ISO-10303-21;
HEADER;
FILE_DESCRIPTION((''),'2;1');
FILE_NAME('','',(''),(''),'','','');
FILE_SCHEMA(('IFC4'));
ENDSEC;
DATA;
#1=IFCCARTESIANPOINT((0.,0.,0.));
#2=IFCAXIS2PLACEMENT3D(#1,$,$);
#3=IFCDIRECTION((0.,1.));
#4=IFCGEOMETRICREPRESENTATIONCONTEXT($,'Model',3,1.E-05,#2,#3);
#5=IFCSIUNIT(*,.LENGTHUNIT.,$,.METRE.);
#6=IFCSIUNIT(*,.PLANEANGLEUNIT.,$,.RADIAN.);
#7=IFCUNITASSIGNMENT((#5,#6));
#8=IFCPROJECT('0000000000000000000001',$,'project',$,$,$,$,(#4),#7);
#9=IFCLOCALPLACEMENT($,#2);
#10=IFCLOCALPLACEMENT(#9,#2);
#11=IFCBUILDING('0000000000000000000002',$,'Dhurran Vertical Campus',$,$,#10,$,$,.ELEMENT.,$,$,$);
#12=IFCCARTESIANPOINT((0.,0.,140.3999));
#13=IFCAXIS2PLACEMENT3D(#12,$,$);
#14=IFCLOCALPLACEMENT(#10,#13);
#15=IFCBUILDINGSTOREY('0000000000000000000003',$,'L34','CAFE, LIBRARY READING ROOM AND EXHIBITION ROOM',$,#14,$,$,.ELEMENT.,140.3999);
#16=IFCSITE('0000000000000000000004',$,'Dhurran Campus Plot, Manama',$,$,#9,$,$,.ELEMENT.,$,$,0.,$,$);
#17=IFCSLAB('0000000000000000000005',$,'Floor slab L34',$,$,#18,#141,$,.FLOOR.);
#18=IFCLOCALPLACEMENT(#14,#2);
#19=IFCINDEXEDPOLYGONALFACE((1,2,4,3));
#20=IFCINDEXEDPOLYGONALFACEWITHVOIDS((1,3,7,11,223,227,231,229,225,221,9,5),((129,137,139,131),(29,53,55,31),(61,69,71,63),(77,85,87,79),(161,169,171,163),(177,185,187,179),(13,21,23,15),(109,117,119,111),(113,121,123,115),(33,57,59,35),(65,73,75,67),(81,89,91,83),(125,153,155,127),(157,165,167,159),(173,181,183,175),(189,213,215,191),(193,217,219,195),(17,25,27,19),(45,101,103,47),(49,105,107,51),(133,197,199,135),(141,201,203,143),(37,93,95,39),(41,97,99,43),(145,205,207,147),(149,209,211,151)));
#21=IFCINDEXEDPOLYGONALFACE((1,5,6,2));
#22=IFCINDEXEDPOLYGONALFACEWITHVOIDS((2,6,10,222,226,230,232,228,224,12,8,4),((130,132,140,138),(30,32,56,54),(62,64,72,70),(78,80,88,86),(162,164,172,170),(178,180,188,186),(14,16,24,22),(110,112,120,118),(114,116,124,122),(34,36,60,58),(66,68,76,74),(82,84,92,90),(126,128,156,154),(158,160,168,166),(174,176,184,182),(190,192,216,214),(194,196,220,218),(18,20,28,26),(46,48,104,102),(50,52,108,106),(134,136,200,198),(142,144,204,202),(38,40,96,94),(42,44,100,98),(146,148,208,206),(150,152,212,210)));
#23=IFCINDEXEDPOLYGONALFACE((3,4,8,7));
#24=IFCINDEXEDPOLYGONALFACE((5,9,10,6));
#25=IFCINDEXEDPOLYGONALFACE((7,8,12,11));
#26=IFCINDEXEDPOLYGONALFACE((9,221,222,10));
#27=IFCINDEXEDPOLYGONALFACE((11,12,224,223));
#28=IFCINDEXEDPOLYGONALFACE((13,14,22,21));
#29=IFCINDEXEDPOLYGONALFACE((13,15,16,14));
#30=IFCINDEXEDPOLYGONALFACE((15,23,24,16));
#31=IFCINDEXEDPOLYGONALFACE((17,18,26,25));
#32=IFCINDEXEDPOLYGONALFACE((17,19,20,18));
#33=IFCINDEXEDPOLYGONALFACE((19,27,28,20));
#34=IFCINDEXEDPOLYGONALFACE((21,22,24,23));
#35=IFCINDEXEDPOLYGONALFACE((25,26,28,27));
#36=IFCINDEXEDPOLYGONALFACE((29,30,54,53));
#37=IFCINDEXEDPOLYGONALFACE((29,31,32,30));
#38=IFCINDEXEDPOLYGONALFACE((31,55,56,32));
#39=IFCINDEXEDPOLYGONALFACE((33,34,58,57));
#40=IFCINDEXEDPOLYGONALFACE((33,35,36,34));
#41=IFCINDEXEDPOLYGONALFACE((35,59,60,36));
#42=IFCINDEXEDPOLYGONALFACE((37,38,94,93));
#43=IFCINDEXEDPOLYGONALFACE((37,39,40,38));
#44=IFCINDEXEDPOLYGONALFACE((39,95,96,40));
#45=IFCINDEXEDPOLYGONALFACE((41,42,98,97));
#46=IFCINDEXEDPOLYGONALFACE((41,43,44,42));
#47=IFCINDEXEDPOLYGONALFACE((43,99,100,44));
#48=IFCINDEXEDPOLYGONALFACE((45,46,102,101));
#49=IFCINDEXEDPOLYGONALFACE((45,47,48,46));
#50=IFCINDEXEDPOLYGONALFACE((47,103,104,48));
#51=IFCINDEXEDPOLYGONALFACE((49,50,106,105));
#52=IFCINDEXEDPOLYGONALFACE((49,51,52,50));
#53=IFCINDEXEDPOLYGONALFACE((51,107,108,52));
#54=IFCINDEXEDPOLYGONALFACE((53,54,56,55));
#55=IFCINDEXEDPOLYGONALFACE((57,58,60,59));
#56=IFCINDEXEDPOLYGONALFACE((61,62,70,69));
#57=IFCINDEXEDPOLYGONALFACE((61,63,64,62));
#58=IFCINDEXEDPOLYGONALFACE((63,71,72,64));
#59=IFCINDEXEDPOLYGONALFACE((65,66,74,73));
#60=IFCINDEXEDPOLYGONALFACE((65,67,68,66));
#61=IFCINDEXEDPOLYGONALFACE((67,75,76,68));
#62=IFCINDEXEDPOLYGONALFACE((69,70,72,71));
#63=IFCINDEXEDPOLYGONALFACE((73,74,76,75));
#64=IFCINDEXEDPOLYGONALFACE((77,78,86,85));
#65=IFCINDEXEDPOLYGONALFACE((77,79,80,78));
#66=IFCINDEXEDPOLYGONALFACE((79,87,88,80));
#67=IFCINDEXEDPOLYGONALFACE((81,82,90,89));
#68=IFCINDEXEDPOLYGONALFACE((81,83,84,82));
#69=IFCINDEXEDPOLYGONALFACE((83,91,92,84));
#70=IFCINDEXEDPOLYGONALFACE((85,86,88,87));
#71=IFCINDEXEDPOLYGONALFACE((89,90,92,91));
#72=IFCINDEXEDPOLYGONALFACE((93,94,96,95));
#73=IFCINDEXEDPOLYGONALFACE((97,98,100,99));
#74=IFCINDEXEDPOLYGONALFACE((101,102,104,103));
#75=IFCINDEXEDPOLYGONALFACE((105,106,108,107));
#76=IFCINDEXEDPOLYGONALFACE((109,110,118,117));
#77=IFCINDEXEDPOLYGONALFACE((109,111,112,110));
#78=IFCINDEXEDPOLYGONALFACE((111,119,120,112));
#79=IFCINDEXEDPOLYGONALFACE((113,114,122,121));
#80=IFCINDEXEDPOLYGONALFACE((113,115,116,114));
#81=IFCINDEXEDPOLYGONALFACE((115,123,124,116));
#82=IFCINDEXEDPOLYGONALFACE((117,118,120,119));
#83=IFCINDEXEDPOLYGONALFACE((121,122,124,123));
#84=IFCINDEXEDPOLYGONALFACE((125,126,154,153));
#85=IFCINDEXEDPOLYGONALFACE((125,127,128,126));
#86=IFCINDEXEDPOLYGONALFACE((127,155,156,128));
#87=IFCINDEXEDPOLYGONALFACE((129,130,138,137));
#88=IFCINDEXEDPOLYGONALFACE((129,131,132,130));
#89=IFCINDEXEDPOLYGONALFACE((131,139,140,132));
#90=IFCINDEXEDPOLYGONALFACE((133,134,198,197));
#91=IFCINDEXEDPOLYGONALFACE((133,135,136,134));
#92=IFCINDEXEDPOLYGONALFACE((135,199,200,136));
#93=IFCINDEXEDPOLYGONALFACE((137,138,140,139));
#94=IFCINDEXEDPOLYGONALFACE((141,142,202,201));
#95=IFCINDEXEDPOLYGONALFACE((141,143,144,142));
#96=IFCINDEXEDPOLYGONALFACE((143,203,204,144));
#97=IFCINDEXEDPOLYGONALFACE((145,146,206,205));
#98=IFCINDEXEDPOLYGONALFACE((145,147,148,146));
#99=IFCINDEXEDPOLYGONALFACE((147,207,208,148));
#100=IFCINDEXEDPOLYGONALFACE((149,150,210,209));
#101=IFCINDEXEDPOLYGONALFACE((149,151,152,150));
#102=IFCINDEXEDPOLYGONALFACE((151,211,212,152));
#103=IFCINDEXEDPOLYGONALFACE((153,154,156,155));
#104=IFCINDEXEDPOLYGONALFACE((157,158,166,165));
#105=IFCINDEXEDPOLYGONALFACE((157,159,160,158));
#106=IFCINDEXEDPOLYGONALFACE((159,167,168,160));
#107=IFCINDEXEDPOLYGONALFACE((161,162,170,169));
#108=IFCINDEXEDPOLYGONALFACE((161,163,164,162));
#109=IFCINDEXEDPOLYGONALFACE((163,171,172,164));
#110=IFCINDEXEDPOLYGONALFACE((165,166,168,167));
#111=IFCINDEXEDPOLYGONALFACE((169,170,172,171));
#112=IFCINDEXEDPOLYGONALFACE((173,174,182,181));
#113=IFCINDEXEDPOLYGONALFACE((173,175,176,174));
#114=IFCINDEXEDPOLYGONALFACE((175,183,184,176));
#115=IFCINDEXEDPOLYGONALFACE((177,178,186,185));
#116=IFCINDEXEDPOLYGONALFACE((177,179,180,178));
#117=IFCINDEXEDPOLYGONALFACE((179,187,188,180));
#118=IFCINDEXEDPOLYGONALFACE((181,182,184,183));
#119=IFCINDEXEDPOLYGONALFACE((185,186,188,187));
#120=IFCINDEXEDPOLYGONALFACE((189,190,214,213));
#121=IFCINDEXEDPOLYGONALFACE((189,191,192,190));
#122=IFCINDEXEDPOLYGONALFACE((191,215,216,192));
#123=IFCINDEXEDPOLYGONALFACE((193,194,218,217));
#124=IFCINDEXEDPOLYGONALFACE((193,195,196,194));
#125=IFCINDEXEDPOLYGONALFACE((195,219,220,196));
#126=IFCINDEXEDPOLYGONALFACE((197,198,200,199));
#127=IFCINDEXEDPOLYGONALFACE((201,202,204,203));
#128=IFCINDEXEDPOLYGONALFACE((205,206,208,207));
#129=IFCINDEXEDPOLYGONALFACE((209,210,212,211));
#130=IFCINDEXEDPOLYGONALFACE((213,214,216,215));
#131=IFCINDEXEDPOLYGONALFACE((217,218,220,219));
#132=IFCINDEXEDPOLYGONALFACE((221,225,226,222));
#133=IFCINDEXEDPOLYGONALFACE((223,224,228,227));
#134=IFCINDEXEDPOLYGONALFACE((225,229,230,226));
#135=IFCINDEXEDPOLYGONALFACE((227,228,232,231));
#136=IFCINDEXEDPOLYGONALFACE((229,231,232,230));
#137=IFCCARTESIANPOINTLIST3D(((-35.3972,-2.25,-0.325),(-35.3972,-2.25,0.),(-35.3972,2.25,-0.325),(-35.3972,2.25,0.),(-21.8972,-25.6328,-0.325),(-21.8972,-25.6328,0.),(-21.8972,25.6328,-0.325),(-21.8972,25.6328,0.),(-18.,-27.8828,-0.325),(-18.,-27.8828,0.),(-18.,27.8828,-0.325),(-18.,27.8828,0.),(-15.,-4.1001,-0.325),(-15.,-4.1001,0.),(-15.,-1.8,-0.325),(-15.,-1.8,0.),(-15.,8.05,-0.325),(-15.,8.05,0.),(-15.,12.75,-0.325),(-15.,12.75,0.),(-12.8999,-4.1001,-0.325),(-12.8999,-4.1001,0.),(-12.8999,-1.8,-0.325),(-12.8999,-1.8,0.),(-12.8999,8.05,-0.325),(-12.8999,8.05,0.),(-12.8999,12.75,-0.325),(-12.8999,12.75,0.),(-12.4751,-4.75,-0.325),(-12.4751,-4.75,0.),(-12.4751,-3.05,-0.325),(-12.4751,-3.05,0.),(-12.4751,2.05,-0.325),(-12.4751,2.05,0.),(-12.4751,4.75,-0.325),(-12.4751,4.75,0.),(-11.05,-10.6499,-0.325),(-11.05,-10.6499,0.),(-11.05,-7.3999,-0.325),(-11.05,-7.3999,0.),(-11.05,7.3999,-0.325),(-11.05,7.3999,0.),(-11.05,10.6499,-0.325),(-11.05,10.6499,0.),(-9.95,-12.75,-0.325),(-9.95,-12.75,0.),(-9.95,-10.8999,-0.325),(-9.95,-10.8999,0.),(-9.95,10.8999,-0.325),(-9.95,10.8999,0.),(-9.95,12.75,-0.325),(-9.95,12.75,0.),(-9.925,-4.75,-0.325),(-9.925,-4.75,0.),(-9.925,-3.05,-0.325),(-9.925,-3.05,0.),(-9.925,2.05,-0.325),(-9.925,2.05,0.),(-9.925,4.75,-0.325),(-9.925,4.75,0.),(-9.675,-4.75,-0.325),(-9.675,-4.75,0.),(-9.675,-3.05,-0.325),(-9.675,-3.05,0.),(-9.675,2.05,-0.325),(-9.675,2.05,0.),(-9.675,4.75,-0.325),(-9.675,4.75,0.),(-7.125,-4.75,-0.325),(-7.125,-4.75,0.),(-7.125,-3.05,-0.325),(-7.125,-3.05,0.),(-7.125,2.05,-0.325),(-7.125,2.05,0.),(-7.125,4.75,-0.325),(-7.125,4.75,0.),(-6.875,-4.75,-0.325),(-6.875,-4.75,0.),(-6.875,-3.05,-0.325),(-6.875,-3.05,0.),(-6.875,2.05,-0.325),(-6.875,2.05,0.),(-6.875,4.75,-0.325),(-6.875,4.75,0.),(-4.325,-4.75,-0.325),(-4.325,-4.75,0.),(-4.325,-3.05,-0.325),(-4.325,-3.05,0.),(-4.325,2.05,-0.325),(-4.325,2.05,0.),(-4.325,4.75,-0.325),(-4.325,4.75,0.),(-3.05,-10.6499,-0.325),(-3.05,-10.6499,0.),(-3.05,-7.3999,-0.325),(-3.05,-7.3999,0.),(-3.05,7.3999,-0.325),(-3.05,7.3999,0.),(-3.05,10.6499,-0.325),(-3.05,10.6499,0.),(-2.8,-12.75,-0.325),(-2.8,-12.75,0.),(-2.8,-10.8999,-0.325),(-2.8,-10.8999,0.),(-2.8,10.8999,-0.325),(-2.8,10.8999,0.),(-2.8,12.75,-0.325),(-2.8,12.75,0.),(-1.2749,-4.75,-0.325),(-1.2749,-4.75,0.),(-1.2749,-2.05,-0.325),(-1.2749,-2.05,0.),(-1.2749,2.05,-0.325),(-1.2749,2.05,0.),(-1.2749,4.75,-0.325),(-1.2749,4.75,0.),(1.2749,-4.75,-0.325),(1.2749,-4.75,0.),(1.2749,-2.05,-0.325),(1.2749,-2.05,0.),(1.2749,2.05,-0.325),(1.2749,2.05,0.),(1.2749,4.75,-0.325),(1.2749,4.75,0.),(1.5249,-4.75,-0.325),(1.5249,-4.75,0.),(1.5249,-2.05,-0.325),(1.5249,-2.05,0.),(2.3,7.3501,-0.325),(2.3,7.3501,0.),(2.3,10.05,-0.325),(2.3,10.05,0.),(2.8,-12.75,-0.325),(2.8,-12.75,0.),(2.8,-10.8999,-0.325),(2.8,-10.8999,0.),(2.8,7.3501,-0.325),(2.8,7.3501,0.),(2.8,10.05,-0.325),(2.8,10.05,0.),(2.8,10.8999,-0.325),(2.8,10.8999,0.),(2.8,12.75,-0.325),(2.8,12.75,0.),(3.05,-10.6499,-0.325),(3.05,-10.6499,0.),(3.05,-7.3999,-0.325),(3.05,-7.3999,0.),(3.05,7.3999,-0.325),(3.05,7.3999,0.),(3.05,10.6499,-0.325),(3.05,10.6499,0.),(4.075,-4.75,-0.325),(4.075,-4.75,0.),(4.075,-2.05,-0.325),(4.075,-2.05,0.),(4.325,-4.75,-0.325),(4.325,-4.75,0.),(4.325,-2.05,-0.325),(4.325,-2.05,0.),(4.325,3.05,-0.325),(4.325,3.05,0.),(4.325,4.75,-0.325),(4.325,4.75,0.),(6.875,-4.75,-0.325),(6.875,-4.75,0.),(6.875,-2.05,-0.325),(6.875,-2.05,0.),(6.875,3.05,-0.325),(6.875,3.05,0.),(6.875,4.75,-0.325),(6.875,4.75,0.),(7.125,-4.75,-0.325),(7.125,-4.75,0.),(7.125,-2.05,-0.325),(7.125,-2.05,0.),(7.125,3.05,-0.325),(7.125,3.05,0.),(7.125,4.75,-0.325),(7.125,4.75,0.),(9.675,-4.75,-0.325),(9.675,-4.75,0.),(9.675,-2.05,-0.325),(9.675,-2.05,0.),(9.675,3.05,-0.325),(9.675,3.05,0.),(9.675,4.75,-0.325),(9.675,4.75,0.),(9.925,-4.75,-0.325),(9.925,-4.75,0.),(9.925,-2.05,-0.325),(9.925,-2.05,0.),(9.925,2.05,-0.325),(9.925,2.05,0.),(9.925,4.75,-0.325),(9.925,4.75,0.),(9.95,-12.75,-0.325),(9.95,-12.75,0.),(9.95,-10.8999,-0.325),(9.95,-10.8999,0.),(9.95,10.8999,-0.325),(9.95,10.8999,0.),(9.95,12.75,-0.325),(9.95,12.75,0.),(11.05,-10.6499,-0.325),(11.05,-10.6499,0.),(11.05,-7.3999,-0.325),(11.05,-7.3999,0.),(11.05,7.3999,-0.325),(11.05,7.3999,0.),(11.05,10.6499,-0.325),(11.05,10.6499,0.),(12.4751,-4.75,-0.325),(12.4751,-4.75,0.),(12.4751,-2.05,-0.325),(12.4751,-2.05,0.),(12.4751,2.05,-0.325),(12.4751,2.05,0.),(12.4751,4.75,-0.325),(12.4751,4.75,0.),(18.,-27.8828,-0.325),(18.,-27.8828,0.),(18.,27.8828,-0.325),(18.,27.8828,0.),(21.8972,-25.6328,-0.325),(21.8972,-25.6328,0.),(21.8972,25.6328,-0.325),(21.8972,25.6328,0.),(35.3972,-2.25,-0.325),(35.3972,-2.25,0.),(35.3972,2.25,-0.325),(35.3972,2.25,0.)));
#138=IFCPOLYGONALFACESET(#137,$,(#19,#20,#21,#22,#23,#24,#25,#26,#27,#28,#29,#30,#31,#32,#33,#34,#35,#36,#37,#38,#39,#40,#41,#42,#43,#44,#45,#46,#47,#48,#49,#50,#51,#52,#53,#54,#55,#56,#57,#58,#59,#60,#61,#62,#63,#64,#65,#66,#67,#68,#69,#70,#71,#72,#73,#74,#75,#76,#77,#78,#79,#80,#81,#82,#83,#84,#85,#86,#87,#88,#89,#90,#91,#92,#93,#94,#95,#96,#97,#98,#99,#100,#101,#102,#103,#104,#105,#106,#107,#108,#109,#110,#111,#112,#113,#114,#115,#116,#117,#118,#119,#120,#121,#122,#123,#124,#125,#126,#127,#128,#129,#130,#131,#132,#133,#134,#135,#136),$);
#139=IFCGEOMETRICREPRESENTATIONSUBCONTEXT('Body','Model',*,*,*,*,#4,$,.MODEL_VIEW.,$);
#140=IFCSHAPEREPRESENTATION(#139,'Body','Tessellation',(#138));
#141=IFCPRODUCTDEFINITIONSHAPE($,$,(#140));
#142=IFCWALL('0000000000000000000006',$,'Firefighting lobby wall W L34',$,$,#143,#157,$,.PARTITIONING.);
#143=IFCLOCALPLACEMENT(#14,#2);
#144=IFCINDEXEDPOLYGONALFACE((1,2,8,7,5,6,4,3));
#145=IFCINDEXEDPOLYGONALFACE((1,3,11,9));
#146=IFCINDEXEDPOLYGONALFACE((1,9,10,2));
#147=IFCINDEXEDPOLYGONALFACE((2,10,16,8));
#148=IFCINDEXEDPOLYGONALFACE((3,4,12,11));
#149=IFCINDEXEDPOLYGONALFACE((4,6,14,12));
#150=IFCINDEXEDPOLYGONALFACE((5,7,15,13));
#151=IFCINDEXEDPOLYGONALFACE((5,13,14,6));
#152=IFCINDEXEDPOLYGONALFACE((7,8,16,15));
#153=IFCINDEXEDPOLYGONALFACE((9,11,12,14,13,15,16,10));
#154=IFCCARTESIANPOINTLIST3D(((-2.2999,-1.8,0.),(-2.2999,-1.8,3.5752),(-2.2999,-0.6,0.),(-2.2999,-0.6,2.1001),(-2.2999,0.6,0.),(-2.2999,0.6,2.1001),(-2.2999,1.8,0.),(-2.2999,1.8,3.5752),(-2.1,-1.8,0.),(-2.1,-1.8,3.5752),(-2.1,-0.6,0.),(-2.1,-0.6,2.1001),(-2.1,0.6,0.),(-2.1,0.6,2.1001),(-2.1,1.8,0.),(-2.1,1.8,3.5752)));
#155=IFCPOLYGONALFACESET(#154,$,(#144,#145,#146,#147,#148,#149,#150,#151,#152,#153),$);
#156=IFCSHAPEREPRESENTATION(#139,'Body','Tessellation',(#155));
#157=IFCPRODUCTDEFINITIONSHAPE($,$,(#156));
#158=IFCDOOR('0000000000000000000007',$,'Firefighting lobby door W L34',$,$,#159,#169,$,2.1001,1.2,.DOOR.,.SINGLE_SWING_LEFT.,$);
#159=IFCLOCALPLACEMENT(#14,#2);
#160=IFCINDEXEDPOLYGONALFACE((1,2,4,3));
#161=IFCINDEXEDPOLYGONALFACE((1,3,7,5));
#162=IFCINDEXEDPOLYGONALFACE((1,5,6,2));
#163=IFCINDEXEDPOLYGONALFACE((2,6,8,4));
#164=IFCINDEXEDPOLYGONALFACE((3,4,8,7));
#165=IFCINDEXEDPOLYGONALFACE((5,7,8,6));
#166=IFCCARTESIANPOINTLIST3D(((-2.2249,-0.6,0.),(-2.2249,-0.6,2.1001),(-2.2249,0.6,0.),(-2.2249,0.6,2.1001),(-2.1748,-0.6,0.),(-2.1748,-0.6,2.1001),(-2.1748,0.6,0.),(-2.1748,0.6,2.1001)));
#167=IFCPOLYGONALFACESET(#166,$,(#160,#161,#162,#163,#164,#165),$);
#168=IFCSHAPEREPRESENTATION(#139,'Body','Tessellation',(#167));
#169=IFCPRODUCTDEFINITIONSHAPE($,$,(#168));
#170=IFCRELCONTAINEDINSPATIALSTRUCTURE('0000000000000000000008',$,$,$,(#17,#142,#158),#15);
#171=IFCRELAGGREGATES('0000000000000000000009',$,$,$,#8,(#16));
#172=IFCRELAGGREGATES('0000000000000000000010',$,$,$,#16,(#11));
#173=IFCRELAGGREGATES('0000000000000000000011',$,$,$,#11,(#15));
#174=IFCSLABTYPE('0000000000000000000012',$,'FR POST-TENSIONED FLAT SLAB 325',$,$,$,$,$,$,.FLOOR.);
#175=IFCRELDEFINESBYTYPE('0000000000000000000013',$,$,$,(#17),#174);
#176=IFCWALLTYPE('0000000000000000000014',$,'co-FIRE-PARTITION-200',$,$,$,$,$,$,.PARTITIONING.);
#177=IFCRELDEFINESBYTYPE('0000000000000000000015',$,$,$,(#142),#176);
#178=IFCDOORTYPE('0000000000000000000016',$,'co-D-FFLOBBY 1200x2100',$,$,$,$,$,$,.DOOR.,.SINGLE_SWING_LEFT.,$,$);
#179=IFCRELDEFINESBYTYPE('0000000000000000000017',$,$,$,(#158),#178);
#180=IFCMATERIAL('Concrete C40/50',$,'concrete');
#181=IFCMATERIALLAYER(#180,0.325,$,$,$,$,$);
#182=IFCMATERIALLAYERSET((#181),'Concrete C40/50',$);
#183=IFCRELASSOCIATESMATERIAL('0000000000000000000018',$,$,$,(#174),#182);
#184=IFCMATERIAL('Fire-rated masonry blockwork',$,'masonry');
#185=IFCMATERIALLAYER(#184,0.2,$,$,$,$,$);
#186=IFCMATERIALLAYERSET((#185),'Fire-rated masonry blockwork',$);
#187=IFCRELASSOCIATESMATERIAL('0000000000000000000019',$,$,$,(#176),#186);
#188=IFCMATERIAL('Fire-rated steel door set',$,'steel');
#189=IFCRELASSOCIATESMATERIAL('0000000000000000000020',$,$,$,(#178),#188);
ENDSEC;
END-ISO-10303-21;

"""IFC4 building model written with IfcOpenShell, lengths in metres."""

from ifc_helpers import new_model, si_unit, direction, frame, frame_2d, origin, place, context, subcontext, project, spatial, polyline, rectangle, outline, extrude, material, layer, layer_set, type_object, element, fill, save


model = new_model("IFC4")

# Units and contexts
model_context = context("Model", 3, precision=1e-05, world=origin(), true_north=direction((0.0, 1.0)))
body_context = subcontext(model_context, "Body", "Model", "MODEL_VIEW")
ifc_project = project(units=[si_unit("LENGTHUNIT", "METRE"), si_unit("PLANEANGLEUNIT", "RADIAN")], contexts=[model_context])

# Site, building, storey
site_placement = place(None, origin())
site = spatial("IfcSite", under=ifc_project, at=site_placement, Name="Dhurran Campus Plot, Manama", CompositionType="ELEMENT", RefElevation=0.0)
building_placement = place(site_placement, origin())
building = spatial("IfcBuilding", under=site, at=building_placement, Name="Dhurran Vertical Campus", CompositionType="ELEMENT")
storey_placement = place(building_placement, frame((0.0, 0.0, 140.3999)))
storey = spatial("IfcBuildingStorey", under=building, at=storey_placement, Name="L34", Description="CAFE, LIBRARY READING ROOM AND EXHIBITION ROOM", CompositionType="ELEMENT", Elevation=140.3999)

# Slab
ifc_material_1 = material(Name="Concrete C40/50", Category="concrete")
ifc_layer_1 = layer(ifc_material_1, 0.325)
ifc_layer_set_1 = layer_set([ifc_layer_1], Name="Concrete C40/50")
slab_type = type_object("IfcSlabType", Name="FR POST-TENSIONED FLAT SLAB 325", PredefinedType="FLOOR", material=ifc_layer_set_1)
slab_placement = place(storey_placement, frame((0.0, 0.0, -0.325)))
element("IfcSlab", 1, at=slab_placement, inside=storey, type_object=slab_type, Name="Floor slab L34", PredefinedType="FLOOR", context=body_context, shape_type="SweptSolid", body=[
    extrude(outline(polyline([(-18.0, -27.8828), (18.0, -27.8828), (21.8972, -25.6328), (35.3972, -2.25), (35.3972, 2.25), (21.8972, 25.6328), (18.0, 27.8828), (-18.0, 27.8828), (-21.8972, 25.6328), (-35.3972, 2.25), (-35.3972, -2.25), (-21.8972, -25.6328), (-18.0, -27.8828)]), holes=[polyline([(-12.4751, 2.05), (-9.925, 2.05), (-9.925, 4.75), (-12.4751, 4.75), (-12.4751, 2.05)]), polyline([(-9.675, 2.05), (-7.125, 2.05), (-7.125, 4.75), (-9.675, 4.75), (-9.675, 2.05)]), polyline([(-6.875, 2.05), (-4.325, 2.05), (-4.325, 4.75), (-6.875, 4.75), (-6.875, 2.05)]), polyline([(-1.2749, 2.05), (1.2749, 2.05), (1.2749, 4.75), (-1.2749, 4.75), (-1.2749, 2.05)]), polyline([(9.925, 2.05), (12.4751, 2.05), (12.4751, 4.75), (9.925, 4.75), (9.925, 2.05)]), polyline([(-1.2749, -4.75), (1.2749, -4.75), (1.2749, -2.05), (-1.2749, -2.05), (-1.2749, -4.75)]), polyline([(1.5249, -4.75), (4.075, -4.75), (4.075, -2.05), (1.5249, -2.05), (1.5249, -4.75)]), polyline([(4.325, -4.75), (6.875, -4.75), (6.875, -2.05), (4.325, -2.05), (4.325, -4.75)]), polyline([(7.125, -4.75), (9.675, -4.75), (9.675, -2.05), (7.125, -2.05), (7.125, -4.75)]), polyline([(9.925, -4.75), (12.4751, -4.75), (12.4751, -2.05), (9.925, -2.05), (9.925, -4.75)]), polyline([(4.325, 3.05), (6.875, 3.05), (6.875, 4.75), (4.325, 4.75), (4.325, 3.05)]), polyline([(7.125, 3.05), (9.675, 3.05), (9.675, 4.75), (7.125, 4.75), (7.125, 3.05)]), polyline([(-12.4751, -4.75), (-9.925, -4.75), (-9.925, -3.05), (-12.4751, -3.05), (-12.4751, -4.75)]), polyline([(-9.675, -4.75), (-7.125, -4.75), (-7.125, -3.05), (-9.675, -3.05), (-9.675, -4.75)]), polyline([(-6.875, -4.75), (-4.325, -4.75), (-4.325, -3.05), (-6.875, -3.05), (-6.875, -4.75)]), polyline([(-11.05, 7.3999), (-3.05, 7.3999), (-3.05, 10.6499), (-11.05, 10.6499), (-11.05, 7.3999)]), polyline([(3.05, 7.3999), (11.05, 7.3999), (11.05, 10.6499), (3.05, 10.6499), (3.05, 7.3999)]), polyline([(-11.05, -10.6499), (-3.05, -10.6499), (-3.05, -7.3999), (-11.05, -7.3999), (-11.05, -10.6499)]), polyline([(3.05, -10.6499), (11.05, -10.6499), (11.05, -7.3999), (3.05, -7.3999), (3.05, -10.6499)]), polyline([(-12.8999, -4.1001), (-15.0, -4.1001), (-15.0, -1.8), (-12.8999, -1.8), (-12.8999, -4.1001)]), polyline([(-9.95, 10.8999), (-9.95, 12.75), (-2.8, 12.75), (-2.8, 10.8999), (-9.95, 10.8999)]), polyline([(9.95, 12.75), (9.95, 10.8999), (2.8, 10.8999), (2.8, 12.75), (9.95, 12.75)]), polyline([(-9.95, -12.75), (-9.95, -10.8999), (-2.8, -10.8999), (-2.8, -12.75), (-9.95, -12.75)]), polyline([(9.95, -10.8999), (9.95, -12.75), (2.8, -12.75), (2.8, -10.8999), (9.95, -10.8999)]), polyline([(2.3, 7.3501), (2.3, 10.05), (2.8, 10.05), (2.8, 7.3501), (2.3, 7.3501)]), polyline([(-12.8999, 8.05), (-15.0, 8.05), (-15.0, 12.75), (-12.8999, 12.75), (-12.8999, 8.05)])]), origin(), (0.0, 0.0, 1.0), 0.325),
])

# Wall, opening, door
ifc_material_2 = material(Name="Fire-rated masonry blockwork", Category="masonry")
ifc_layer_2 = layer(ifc_material_2, 0.2)
ifc_layer_set_2 = layer_set([ifc_layer_2], Name="Fire-rated masonry blockwork")
wall_type_1 = type_object("IfcWallType", Name="co-FIRE-PARTITION-200", PredefinedType="PARTITIONING", material=ifc_layer_set_2)
wall_1_placement = place(storey_placement, frame((-2.2, -1.8, 0.0), z_axis=(0.0, 0.0, 1.0), x_axis=(0.0, 1.0, 0.0)))
wall_1 = element("IfcWall", 2, at=wall_1_placement, inside=storey, type_object=wall_type_1, Name="Firefighting lobby wall W L34", PredefinedType="PARTITIONING", context=body_context, shape_type="SweptSolid", body=[
    extrude(rectangle(XDim=3.6001, YDim=0.2, at=frame_2d((1.8, 0.0))), origin(), (0.0, 0.0, 1.0), 3.5752),
])
opening_1_placement = place(wall_1_placement, frame((1.2, 0.0, 0.0)))
opening_1 = element("IfcOpeningElement", 3, at=opening_1_placement, cuts=wall_1, PredefinedType="OPENING", context=body_context, shape_type="SweptSolid", body=[
    extrude(rectangle(XDim=1.2, YDim=2.1001, at=frame_2d((0.6001, 1.05))), frame((0.0, 0.1099, 0.0), z_axis=(0.0, -1.0, 0.0), x_axis=(1.0, 0.0, 0.0)), (0.0, 0.0, 1.0), 0.22),
])
ifc_material_3 = material(Name="Fire-rated steel door set", Category="steel")
door_type_1 = type_object("IfcDoorType", Name="co-D-FFLOBBY 1200x2100", OperationType="SINGLE_SWING_LEFT", PredefinedType="DOOR", material=ifc_material_3)
door_1_placement = place(opening_1_placement, origin())
door_1 = element("IfcDoor", 4, at=door_1_placement, inside=storey, type_object=door_type_1, Name="Firefighting lobby door W L34", OperationType="SINGLE_SWING_LEFT", OverallHeight=2.1001, OverallWidth=1.2, PredefinedType="DOOR", context=body_context, shape_type="SweptSolid", body=[
    extrude(rectangle(XDim=1.2, YDim=2.1001, at=frame_2d((0.6001, 1.05))), frame((0.0, 0.0249, 0.0), z_axis=(0.0, -1.0, 0.0), x_axis=(1.0, 0.0, 0.0)), (0.0, 0.0, 1.0), 0.05),
])
fill(opening_1, door_1)

save(model, "model.ifc")
